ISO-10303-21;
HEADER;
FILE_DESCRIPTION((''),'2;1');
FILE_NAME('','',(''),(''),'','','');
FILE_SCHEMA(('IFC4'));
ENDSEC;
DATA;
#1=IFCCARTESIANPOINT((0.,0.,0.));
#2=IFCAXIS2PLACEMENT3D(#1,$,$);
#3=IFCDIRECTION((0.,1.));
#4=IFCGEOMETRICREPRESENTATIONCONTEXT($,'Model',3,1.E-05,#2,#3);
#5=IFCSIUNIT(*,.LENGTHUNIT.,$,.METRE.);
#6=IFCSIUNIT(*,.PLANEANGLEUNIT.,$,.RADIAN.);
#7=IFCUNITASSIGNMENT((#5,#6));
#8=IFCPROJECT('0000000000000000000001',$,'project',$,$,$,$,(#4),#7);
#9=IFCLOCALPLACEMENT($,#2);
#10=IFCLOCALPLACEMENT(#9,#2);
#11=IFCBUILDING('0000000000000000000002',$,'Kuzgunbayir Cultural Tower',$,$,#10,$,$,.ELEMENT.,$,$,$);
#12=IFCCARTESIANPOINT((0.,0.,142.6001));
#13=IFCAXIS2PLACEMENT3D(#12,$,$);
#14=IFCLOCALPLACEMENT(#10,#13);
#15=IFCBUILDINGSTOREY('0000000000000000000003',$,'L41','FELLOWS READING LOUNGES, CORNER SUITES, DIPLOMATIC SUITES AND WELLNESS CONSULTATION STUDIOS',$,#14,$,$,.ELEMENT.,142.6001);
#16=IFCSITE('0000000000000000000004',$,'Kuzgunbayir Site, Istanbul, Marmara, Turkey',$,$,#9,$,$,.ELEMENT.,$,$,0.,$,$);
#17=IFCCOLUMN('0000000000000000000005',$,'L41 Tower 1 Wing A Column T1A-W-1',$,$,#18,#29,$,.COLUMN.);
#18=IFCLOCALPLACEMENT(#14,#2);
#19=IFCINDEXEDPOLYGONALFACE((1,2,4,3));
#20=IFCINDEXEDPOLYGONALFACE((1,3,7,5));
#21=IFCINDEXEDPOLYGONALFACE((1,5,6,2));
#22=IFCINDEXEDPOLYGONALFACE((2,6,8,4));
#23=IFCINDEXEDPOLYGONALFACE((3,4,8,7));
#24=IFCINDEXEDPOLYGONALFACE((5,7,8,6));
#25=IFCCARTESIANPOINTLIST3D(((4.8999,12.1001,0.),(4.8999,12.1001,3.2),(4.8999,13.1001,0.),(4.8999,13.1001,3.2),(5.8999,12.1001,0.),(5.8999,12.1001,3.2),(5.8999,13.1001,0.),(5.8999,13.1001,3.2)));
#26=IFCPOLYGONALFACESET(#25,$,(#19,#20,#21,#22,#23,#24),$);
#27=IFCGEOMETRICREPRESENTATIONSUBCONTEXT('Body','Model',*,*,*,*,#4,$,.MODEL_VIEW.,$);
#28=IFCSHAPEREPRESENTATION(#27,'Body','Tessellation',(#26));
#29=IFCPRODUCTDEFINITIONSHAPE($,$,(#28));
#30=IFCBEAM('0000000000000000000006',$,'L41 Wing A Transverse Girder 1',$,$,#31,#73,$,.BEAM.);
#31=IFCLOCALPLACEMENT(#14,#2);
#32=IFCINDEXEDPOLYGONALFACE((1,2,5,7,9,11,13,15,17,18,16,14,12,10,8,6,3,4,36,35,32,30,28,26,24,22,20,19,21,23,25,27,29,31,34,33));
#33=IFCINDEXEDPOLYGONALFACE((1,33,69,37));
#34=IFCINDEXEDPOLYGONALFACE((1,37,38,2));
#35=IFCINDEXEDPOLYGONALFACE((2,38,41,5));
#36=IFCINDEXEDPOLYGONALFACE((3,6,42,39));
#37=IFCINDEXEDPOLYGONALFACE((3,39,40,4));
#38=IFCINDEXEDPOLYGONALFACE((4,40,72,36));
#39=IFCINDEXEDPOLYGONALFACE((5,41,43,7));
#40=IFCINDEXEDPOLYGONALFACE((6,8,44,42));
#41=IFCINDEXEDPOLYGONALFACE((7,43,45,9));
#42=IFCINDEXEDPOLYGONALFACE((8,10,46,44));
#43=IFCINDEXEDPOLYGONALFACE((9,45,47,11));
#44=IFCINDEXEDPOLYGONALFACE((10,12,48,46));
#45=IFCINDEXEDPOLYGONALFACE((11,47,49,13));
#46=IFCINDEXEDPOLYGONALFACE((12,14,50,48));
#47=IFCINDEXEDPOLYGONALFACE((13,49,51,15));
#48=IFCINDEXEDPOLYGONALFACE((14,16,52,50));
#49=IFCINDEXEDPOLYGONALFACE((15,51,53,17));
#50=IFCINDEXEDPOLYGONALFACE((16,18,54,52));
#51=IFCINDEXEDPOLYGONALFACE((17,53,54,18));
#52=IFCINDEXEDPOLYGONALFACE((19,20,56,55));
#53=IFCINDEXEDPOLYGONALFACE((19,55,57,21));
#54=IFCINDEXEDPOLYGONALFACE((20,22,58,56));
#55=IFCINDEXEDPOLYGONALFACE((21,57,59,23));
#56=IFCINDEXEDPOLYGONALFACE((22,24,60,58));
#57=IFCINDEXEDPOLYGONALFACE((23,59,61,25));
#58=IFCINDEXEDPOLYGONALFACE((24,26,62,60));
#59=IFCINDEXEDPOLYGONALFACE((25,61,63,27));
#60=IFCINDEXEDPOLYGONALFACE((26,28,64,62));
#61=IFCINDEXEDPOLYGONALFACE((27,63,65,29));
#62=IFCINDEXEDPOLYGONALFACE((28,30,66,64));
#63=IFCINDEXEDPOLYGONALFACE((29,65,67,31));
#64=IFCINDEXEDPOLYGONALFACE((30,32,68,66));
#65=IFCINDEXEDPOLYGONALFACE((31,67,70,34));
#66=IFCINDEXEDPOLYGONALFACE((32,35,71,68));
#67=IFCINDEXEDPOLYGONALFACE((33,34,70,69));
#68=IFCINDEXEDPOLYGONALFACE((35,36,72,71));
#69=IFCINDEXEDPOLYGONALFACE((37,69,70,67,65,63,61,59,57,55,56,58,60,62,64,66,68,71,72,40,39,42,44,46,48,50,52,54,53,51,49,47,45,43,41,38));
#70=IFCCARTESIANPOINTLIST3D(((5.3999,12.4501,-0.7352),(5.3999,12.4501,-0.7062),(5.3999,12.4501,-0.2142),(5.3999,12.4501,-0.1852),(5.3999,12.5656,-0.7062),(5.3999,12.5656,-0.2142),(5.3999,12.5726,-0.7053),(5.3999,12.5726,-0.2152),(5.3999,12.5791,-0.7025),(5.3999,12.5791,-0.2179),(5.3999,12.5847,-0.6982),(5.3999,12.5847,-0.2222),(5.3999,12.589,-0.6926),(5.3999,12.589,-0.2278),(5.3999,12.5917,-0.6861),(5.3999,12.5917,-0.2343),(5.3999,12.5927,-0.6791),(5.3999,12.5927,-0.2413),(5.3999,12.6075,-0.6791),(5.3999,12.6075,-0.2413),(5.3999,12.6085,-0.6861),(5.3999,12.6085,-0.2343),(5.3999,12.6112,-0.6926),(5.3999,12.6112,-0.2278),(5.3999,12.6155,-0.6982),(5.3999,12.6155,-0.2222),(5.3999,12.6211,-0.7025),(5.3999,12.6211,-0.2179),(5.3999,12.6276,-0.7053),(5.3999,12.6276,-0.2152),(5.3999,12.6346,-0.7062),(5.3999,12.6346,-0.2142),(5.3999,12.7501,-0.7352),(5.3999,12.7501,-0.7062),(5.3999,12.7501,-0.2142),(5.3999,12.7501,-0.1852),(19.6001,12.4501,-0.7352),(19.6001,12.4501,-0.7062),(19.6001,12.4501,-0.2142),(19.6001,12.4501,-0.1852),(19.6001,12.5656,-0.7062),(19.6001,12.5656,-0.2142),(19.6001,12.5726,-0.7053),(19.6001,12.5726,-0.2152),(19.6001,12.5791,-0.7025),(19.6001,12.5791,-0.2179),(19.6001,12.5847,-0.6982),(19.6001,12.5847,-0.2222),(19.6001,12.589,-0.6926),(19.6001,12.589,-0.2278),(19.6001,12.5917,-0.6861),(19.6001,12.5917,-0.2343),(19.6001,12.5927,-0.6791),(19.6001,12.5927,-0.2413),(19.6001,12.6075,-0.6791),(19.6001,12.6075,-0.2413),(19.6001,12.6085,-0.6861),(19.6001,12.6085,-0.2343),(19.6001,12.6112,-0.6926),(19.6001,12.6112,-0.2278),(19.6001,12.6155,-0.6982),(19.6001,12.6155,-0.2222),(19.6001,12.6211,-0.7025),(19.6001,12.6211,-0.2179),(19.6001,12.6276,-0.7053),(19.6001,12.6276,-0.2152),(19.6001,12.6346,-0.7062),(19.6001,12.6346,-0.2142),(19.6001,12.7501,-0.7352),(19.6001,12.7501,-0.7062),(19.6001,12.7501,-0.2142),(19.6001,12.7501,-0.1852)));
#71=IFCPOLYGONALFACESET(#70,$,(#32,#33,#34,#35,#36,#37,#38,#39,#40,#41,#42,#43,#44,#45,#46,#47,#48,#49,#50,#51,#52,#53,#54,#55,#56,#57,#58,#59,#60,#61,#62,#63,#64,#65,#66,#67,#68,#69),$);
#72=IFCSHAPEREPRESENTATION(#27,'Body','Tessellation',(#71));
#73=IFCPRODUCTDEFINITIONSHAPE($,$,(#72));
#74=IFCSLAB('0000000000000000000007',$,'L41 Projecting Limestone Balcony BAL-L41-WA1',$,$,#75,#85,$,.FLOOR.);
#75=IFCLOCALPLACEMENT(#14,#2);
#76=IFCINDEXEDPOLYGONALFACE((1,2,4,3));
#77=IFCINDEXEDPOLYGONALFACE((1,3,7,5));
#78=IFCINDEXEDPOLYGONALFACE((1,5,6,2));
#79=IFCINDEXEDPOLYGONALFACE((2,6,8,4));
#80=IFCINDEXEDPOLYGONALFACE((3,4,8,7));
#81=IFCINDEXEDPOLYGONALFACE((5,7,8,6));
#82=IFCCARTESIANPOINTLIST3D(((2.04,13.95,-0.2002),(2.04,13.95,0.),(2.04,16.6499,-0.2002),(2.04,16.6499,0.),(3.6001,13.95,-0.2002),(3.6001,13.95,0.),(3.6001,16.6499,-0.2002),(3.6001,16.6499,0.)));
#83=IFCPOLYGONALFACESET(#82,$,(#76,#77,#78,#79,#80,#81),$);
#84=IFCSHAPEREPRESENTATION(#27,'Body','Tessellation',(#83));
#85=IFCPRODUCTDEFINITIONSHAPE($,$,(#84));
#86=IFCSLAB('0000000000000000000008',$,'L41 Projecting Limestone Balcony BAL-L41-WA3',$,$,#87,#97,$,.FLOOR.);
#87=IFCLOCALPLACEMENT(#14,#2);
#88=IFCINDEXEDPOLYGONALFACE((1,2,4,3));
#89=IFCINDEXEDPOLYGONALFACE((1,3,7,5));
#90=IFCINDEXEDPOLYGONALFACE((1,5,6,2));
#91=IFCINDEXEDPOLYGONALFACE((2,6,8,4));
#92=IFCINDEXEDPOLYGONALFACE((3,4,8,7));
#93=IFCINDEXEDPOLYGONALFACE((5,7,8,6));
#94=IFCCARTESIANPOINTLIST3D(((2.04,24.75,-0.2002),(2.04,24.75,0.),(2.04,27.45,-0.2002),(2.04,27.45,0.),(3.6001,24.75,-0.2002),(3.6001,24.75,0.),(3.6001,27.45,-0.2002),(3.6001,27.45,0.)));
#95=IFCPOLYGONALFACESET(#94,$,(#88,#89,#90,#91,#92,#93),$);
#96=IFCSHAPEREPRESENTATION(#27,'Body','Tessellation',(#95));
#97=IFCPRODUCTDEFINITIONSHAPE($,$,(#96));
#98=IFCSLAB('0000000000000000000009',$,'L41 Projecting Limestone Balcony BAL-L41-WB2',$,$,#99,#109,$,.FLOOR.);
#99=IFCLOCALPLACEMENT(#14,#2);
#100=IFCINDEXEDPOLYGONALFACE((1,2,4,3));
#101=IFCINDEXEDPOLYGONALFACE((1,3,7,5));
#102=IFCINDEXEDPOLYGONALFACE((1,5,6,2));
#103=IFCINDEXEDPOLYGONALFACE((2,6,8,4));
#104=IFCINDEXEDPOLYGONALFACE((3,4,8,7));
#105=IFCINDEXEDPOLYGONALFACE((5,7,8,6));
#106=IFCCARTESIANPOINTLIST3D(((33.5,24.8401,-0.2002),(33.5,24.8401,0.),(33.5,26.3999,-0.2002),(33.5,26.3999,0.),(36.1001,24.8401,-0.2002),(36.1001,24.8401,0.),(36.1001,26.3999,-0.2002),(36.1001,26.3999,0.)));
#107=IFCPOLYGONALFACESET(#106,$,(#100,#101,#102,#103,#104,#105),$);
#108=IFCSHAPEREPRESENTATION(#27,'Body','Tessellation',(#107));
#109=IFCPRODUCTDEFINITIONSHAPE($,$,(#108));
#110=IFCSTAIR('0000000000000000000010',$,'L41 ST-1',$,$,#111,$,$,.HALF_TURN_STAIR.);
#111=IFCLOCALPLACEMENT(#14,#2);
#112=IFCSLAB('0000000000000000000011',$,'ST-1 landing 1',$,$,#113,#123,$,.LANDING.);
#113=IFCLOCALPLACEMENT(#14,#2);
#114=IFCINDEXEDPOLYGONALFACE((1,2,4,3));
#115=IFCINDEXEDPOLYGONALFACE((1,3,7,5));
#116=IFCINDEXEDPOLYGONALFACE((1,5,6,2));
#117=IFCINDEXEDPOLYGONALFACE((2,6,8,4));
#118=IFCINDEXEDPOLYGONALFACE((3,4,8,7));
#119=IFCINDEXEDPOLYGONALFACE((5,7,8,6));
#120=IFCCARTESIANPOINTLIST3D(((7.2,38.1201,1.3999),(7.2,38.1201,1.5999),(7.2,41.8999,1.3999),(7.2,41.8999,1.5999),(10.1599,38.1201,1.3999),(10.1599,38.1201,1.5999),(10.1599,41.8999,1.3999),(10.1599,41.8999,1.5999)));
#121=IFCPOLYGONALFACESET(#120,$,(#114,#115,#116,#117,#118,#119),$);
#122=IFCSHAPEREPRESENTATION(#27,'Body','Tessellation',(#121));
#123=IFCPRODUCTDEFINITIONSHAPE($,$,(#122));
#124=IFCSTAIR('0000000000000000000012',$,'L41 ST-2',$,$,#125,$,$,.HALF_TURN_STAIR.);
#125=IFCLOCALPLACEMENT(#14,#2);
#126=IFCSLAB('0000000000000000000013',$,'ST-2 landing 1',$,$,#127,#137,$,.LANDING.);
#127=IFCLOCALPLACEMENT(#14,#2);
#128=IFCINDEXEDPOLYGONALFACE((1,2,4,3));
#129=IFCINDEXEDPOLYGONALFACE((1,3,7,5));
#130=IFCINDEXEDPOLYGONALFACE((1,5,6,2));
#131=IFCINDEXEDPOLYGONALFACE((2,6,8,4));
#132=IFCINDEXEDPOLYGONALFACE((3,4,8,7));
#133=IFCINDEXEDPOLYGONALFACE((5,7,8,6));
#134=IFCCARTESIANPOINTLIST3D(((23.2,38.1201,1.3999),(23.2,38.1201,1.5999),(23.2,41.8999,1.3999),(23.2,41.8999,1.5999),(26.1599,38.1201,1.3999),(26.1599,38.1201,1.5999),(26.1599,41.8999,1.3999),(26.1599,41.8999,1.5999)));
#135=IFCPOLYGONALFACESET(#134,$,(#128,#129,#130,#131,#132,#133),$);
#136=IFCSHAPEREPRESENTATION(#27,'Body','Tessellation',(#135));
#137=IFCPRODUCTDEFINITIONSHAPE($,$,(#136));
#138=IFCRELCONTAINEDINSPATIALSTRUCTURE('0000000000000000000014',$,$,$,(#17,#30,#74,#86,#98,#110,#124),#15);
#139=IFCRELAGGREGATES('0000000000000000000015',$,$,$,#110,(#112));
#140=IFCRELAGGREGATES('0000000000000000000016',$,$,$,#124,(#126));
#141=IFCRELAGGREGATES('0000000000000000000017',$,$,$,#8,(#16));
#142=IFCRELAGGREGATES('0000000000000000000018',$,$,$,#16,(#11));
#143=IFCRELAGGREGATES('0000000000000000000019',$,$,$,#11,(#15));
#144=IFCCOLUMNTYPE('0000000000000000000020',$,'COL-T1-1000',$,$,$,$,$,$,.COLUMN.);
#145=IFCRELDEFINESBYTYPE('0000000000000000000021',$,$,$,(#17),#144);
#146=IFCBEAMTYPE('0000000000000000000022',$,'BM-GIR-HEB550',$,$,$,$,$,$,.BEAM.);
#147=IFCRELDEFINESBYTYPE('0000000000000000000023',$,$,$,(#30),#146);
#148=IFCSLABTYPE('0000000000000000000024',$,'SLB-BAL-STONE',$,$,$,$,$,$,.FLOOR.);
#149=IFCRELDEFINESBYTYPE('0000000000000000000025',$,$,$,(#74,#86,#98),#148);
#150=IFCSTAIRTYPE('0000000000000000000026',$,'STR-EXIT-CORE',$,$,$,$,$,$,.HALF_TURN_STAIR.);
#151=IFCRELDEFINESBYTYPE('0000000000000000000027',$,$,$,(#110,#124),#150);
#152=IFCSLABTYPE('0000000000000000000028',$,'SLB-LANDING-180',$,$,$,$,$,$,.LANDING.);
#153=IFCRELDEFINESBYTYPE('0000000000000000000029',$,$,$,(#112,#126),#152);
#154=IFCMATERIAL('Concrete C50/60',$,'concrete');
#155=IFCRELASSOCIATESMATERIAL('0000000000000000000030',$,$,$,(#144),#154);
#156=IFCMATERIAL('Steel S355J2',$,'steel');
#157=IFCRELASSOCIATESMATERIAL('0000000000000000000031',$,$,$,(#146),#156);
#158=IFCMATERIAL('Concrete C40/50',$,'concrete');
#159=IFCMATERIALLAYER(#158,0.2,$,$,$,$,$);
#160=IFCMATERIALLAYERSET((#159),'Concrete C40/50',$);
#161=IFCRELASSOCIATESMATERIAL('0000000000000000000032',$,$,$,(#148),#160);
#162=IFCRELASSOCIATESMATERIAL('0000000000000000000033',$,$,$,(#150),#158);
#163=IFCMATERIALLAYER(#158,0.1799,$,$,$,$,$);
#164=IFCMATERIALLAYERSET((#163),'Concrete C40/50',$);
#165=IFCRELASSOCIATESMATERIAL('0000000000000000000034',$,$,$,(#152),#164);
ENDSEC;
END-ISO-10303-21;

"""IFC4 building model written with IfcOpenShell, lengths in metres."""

from ifc_helpers import new_model, si_unit, direction, frame, origin, origin_2d, place, context, subcontext, project, spatial, polyline, rectangle, i_section, outline, extrude, material, layer, layer_set, material_profile, profile_set, type_object, element, aggregate, save


model = new_model("IFC4")

# Units and contexts
model_context = context("Model", 3, precision=1e-05, world=origin(), true_north=direction((0.0, 1.0)))
body_context = subcontext(model_context, "Body", "Model", "MODEL_VIEW")
ifc_project = project(units=[si_unit("LENGTHUNIT", "METRE"), si_unit("PLANEANGLEUNIT", "RADIAN")], contexts=[model_context])

# Site, building, storey
site_placement = place(None, origin())
site = spatial("IfcSite", under=ifc_project, at=site_placement, Name="Kuzgunbayir Site, Istanbul, Marmara, Turkey", CompositionType="ELEMENT", RefElevation=0.0)
building_placement = place(site_placement, origin())
building = spatial("IfcBuilding", under=site, at=building_placement, Name="Kuzgunbayir Cultural Tower", CompositionType="ELEMENT")
storey_placement = place(building_placement, frame((0.0, 0.0, 142.6001)))
storey = spatial("IfcBuildingStorey", under=building, at=storey_placement, Name="L41", Description="FELLOWS READING LOUNGES, CORNER SUITES, DIPLOMATIC SUITES AND WELLNESS CONSULTATION STUDIOS", CompositionType="ELEMENT", Elevation=142.6001)

# Column
ifc_material_1 = material(Name="Concrete C50/60", Category="concrete")
ifc_material_profile_1 = material_profile(ifc_material_1, rectangle(XDim=1.0, YDim=1.0, at=origin_2d()), Name="RC 1000x1000")
ifc_profile_set_1 = profile_set([ifc_material_profile_1], Name="Concrete C50/60")
column_type = type_object("IfcColumnType", Name="COL-T1-1000", PredefinedType="COLUMN", material=ifc_profile_set_1)
column_placement = place(storey_placement, frame((5.3999, 12.6001, 0.0), z_axis=(0.0, 0.0, 1.0), x_axis=(1.0, 0.0, 0.0)))
element("IfcColumn", 1, at=column_placement, inside=storey, type_object=column_type, Name="L41 Tower 1 Wing A Column T1A-W-1", PredefinedType="COLUMN", context=body_context, shape_type="SweptSolid", body=[
    extrude(rectangle(XDim=1.0, YDim=1.0, at=origin_2d()), origin(), (0.0, 0.0, 1.0), 3.2),
])

# Beam
ifc_material_2 = material(Name="Steel S355J2", Category="steel")
ifc_material_profile_2 = material_profile(ifc_material_2, i_section(OverallWidth=0.3, OverallDepth=0.55, WebThickness=0.0149, FlangeThickness=0.0291, FilletRadius=0.0271, at=origin_2d()), Name="HEB 550")
ifc_profile_set_2 = profile_set([ifc_material_profile_2], Name="Steel S355J2")
beam_type = type_object("IfcBeamType", Name="BM-GIR-HEB550", PredefinedType="BEAM", material=ifc_profile_set_2)
beam_placement = place(storey_placement, frame((5.3999, 12.6001, -0.4602), z_axis=(1.0, 0.0, 0.0), x_axis=(0.0, 1.0, 0.0)))
element("IfcBeam", 2, at=beam_placement, inside=storey, type_object=beam_type, Name="L41 Wing A Transverse Girder 1", PredefinedType="BEAM", context=body_context, shape_type="SweptSolid", body=[
    extrude(i_section(OverallWidth=0.3, OverallDepth=0.55, WebThickness=0.0149, FlangeThickness=0.0291, FilletRadius=0.0271, at=origin_2d()), origin(), (0.0, 0.0, 1.0), 14.2002),
])

# Slabs
ifc_material_3 = material(Name="Concrete C40/50", Category="concrete")
ifc_layer_1 = layer(ifc_material_3, 0.2)
ifc_layer_set_1 = layer_set([ifc_layer_1], Name="Concrete C40/50")
slab_type_1 = type_object("IfcSlabType", Name="SLB-BAL-STONE", PredefinedType="FLOOR", material=ifc_layer_set_1)
slab_1_placement = place(storey_placement, frame((0.0, 0.0, -0.2002)))
element("IfcSlab", 3, at=slab_1_placement, inside=storey, type_object=slab_type_1, Name="L41 Projecting Limestone Balcony BAL-L41-WA1", PredefinedType="FLOOR", context=body_context, shape_type="SweptSolid", body=[
    extrude(outline(polyline([(2.04, 13.95), (3.6001, 13.95), (3.6001, 16.6499), (2.04, 16.6499), (2.04, 13.95)])), origin(), (0.0, 0.0, 1.0), 0.2002),
])
slab_2_placement = place(storey_placement, frame((0.0, 0.0, -0.2002)))
element("IfcSlab", 4, at=slab_2_placement, inside=storey, type_object=slab_type_1, Name="L41 Projecting Limestone Balcony BAL-L41-WA3", PredefinedType="FLOOR", context=body_context, shape_type="SweptSolid", body=[
    extrude(outline(polyline([(2.04, 24.75), (3.6001, 24.75), (3.6001, 27.45), (2.04, 27.45), (2.04, 24.75)])), origin(), (0.0, 0.0, 1.0), 0.2002),
])
slab_3_placement = place(storey_placement, frame((0.0, 0.0, -0.2002)))
element("IfcSlab", 5, at=slab_3_placement, inside=storey, type_object=slab_type_1, Name="L41 Projecting Limestone Balcony BAL-L41-WB2", PredefinedType="FLOOR", context=body_context, shape_type="SweptSolid", body=[
    extrude(outline(polyline([(33.5, 24.8401), (36.1001, 24.8401), (36.1001, 26.3999), (33.5, 26.3999), (33.5, 24.8401)])), origin(), (0.0, 0.0, 1.0), 0.2002),
])

# Stairs, slabs
stair_type = type_object("IfcStairType", Name="STR-EXIT-CORE", PredefinedType="HALF_TURN_STAIR", material=ifc_material_3)
stair_1_placement = place(storey_placement, origin())
stair_1 = element("IfcStair", 6, at=stair_1_placement, inside=storey, type_object=stair_type, Name="L41 ST-1", PredefinedType="HALF_TURN_STAIR")
ifc_layer_2 = layer(ifc_material_3, 0.1799)
ifc_layer_set_2 = layer_set([ifc_layer_2], Name="Concrete C40/50")
slab_type_2 = type_object("IfcSlabType", Name="SLB-LANDING-180", PredefinedType="LANDING", material=ifc_layer_set_2)
slab_4_placement = place(storey_placement, frame((0.0, 0.0, 1.3999)))
slab_4 = element("IfcSlab", 7, at=slab_4_placement, type_object=slab_type_2, Name="ST-1 landing 1", PredefinedType="LANDING", context=body_context, shape_type="SweptSolid", body=[
    extrude(outline(polyline([(10.1599, 38.1201), (10.1599, 41.8999), (7.2, 41.8999), (7.2, 38.1201), (10.1599, 38.1201)])), origin(), (0.0, 0.0, 1.0), 0.2),
])
aggregate(stair_1, [slab_4])
stair_2_placement = place(storey_placement, origin())
stair_2 = element("IfcStair", 8, at=stair_2_placement, inside=storey, type_object=stair_type, Name="L41 ST-2", PredefinedType="HALF_TURN_STAIR")
slab_5_placement = place(storey_placement, frame((0.0, 0.0, 1.3999)))
slab_5 = element("IfcSlab", 9, at=slab_5_placement, type_object=slab_type_2, Name="ST-2 landing 1", PredefinedType="LANDING", context=body_context, shape_type="SweptSolid", body=[
    extrude(outline(polyline([(26.1599, 38.1201), (26.1599, 41.8999), (23.2, 41.8999), (23.2, 38.1201), (26.1599, 38.1201)])), origin(), (0.0, 0.0, 1.0), 0.2),
])
aggregate(stair_2, [slab_5])

save(model, "model.ifc")
